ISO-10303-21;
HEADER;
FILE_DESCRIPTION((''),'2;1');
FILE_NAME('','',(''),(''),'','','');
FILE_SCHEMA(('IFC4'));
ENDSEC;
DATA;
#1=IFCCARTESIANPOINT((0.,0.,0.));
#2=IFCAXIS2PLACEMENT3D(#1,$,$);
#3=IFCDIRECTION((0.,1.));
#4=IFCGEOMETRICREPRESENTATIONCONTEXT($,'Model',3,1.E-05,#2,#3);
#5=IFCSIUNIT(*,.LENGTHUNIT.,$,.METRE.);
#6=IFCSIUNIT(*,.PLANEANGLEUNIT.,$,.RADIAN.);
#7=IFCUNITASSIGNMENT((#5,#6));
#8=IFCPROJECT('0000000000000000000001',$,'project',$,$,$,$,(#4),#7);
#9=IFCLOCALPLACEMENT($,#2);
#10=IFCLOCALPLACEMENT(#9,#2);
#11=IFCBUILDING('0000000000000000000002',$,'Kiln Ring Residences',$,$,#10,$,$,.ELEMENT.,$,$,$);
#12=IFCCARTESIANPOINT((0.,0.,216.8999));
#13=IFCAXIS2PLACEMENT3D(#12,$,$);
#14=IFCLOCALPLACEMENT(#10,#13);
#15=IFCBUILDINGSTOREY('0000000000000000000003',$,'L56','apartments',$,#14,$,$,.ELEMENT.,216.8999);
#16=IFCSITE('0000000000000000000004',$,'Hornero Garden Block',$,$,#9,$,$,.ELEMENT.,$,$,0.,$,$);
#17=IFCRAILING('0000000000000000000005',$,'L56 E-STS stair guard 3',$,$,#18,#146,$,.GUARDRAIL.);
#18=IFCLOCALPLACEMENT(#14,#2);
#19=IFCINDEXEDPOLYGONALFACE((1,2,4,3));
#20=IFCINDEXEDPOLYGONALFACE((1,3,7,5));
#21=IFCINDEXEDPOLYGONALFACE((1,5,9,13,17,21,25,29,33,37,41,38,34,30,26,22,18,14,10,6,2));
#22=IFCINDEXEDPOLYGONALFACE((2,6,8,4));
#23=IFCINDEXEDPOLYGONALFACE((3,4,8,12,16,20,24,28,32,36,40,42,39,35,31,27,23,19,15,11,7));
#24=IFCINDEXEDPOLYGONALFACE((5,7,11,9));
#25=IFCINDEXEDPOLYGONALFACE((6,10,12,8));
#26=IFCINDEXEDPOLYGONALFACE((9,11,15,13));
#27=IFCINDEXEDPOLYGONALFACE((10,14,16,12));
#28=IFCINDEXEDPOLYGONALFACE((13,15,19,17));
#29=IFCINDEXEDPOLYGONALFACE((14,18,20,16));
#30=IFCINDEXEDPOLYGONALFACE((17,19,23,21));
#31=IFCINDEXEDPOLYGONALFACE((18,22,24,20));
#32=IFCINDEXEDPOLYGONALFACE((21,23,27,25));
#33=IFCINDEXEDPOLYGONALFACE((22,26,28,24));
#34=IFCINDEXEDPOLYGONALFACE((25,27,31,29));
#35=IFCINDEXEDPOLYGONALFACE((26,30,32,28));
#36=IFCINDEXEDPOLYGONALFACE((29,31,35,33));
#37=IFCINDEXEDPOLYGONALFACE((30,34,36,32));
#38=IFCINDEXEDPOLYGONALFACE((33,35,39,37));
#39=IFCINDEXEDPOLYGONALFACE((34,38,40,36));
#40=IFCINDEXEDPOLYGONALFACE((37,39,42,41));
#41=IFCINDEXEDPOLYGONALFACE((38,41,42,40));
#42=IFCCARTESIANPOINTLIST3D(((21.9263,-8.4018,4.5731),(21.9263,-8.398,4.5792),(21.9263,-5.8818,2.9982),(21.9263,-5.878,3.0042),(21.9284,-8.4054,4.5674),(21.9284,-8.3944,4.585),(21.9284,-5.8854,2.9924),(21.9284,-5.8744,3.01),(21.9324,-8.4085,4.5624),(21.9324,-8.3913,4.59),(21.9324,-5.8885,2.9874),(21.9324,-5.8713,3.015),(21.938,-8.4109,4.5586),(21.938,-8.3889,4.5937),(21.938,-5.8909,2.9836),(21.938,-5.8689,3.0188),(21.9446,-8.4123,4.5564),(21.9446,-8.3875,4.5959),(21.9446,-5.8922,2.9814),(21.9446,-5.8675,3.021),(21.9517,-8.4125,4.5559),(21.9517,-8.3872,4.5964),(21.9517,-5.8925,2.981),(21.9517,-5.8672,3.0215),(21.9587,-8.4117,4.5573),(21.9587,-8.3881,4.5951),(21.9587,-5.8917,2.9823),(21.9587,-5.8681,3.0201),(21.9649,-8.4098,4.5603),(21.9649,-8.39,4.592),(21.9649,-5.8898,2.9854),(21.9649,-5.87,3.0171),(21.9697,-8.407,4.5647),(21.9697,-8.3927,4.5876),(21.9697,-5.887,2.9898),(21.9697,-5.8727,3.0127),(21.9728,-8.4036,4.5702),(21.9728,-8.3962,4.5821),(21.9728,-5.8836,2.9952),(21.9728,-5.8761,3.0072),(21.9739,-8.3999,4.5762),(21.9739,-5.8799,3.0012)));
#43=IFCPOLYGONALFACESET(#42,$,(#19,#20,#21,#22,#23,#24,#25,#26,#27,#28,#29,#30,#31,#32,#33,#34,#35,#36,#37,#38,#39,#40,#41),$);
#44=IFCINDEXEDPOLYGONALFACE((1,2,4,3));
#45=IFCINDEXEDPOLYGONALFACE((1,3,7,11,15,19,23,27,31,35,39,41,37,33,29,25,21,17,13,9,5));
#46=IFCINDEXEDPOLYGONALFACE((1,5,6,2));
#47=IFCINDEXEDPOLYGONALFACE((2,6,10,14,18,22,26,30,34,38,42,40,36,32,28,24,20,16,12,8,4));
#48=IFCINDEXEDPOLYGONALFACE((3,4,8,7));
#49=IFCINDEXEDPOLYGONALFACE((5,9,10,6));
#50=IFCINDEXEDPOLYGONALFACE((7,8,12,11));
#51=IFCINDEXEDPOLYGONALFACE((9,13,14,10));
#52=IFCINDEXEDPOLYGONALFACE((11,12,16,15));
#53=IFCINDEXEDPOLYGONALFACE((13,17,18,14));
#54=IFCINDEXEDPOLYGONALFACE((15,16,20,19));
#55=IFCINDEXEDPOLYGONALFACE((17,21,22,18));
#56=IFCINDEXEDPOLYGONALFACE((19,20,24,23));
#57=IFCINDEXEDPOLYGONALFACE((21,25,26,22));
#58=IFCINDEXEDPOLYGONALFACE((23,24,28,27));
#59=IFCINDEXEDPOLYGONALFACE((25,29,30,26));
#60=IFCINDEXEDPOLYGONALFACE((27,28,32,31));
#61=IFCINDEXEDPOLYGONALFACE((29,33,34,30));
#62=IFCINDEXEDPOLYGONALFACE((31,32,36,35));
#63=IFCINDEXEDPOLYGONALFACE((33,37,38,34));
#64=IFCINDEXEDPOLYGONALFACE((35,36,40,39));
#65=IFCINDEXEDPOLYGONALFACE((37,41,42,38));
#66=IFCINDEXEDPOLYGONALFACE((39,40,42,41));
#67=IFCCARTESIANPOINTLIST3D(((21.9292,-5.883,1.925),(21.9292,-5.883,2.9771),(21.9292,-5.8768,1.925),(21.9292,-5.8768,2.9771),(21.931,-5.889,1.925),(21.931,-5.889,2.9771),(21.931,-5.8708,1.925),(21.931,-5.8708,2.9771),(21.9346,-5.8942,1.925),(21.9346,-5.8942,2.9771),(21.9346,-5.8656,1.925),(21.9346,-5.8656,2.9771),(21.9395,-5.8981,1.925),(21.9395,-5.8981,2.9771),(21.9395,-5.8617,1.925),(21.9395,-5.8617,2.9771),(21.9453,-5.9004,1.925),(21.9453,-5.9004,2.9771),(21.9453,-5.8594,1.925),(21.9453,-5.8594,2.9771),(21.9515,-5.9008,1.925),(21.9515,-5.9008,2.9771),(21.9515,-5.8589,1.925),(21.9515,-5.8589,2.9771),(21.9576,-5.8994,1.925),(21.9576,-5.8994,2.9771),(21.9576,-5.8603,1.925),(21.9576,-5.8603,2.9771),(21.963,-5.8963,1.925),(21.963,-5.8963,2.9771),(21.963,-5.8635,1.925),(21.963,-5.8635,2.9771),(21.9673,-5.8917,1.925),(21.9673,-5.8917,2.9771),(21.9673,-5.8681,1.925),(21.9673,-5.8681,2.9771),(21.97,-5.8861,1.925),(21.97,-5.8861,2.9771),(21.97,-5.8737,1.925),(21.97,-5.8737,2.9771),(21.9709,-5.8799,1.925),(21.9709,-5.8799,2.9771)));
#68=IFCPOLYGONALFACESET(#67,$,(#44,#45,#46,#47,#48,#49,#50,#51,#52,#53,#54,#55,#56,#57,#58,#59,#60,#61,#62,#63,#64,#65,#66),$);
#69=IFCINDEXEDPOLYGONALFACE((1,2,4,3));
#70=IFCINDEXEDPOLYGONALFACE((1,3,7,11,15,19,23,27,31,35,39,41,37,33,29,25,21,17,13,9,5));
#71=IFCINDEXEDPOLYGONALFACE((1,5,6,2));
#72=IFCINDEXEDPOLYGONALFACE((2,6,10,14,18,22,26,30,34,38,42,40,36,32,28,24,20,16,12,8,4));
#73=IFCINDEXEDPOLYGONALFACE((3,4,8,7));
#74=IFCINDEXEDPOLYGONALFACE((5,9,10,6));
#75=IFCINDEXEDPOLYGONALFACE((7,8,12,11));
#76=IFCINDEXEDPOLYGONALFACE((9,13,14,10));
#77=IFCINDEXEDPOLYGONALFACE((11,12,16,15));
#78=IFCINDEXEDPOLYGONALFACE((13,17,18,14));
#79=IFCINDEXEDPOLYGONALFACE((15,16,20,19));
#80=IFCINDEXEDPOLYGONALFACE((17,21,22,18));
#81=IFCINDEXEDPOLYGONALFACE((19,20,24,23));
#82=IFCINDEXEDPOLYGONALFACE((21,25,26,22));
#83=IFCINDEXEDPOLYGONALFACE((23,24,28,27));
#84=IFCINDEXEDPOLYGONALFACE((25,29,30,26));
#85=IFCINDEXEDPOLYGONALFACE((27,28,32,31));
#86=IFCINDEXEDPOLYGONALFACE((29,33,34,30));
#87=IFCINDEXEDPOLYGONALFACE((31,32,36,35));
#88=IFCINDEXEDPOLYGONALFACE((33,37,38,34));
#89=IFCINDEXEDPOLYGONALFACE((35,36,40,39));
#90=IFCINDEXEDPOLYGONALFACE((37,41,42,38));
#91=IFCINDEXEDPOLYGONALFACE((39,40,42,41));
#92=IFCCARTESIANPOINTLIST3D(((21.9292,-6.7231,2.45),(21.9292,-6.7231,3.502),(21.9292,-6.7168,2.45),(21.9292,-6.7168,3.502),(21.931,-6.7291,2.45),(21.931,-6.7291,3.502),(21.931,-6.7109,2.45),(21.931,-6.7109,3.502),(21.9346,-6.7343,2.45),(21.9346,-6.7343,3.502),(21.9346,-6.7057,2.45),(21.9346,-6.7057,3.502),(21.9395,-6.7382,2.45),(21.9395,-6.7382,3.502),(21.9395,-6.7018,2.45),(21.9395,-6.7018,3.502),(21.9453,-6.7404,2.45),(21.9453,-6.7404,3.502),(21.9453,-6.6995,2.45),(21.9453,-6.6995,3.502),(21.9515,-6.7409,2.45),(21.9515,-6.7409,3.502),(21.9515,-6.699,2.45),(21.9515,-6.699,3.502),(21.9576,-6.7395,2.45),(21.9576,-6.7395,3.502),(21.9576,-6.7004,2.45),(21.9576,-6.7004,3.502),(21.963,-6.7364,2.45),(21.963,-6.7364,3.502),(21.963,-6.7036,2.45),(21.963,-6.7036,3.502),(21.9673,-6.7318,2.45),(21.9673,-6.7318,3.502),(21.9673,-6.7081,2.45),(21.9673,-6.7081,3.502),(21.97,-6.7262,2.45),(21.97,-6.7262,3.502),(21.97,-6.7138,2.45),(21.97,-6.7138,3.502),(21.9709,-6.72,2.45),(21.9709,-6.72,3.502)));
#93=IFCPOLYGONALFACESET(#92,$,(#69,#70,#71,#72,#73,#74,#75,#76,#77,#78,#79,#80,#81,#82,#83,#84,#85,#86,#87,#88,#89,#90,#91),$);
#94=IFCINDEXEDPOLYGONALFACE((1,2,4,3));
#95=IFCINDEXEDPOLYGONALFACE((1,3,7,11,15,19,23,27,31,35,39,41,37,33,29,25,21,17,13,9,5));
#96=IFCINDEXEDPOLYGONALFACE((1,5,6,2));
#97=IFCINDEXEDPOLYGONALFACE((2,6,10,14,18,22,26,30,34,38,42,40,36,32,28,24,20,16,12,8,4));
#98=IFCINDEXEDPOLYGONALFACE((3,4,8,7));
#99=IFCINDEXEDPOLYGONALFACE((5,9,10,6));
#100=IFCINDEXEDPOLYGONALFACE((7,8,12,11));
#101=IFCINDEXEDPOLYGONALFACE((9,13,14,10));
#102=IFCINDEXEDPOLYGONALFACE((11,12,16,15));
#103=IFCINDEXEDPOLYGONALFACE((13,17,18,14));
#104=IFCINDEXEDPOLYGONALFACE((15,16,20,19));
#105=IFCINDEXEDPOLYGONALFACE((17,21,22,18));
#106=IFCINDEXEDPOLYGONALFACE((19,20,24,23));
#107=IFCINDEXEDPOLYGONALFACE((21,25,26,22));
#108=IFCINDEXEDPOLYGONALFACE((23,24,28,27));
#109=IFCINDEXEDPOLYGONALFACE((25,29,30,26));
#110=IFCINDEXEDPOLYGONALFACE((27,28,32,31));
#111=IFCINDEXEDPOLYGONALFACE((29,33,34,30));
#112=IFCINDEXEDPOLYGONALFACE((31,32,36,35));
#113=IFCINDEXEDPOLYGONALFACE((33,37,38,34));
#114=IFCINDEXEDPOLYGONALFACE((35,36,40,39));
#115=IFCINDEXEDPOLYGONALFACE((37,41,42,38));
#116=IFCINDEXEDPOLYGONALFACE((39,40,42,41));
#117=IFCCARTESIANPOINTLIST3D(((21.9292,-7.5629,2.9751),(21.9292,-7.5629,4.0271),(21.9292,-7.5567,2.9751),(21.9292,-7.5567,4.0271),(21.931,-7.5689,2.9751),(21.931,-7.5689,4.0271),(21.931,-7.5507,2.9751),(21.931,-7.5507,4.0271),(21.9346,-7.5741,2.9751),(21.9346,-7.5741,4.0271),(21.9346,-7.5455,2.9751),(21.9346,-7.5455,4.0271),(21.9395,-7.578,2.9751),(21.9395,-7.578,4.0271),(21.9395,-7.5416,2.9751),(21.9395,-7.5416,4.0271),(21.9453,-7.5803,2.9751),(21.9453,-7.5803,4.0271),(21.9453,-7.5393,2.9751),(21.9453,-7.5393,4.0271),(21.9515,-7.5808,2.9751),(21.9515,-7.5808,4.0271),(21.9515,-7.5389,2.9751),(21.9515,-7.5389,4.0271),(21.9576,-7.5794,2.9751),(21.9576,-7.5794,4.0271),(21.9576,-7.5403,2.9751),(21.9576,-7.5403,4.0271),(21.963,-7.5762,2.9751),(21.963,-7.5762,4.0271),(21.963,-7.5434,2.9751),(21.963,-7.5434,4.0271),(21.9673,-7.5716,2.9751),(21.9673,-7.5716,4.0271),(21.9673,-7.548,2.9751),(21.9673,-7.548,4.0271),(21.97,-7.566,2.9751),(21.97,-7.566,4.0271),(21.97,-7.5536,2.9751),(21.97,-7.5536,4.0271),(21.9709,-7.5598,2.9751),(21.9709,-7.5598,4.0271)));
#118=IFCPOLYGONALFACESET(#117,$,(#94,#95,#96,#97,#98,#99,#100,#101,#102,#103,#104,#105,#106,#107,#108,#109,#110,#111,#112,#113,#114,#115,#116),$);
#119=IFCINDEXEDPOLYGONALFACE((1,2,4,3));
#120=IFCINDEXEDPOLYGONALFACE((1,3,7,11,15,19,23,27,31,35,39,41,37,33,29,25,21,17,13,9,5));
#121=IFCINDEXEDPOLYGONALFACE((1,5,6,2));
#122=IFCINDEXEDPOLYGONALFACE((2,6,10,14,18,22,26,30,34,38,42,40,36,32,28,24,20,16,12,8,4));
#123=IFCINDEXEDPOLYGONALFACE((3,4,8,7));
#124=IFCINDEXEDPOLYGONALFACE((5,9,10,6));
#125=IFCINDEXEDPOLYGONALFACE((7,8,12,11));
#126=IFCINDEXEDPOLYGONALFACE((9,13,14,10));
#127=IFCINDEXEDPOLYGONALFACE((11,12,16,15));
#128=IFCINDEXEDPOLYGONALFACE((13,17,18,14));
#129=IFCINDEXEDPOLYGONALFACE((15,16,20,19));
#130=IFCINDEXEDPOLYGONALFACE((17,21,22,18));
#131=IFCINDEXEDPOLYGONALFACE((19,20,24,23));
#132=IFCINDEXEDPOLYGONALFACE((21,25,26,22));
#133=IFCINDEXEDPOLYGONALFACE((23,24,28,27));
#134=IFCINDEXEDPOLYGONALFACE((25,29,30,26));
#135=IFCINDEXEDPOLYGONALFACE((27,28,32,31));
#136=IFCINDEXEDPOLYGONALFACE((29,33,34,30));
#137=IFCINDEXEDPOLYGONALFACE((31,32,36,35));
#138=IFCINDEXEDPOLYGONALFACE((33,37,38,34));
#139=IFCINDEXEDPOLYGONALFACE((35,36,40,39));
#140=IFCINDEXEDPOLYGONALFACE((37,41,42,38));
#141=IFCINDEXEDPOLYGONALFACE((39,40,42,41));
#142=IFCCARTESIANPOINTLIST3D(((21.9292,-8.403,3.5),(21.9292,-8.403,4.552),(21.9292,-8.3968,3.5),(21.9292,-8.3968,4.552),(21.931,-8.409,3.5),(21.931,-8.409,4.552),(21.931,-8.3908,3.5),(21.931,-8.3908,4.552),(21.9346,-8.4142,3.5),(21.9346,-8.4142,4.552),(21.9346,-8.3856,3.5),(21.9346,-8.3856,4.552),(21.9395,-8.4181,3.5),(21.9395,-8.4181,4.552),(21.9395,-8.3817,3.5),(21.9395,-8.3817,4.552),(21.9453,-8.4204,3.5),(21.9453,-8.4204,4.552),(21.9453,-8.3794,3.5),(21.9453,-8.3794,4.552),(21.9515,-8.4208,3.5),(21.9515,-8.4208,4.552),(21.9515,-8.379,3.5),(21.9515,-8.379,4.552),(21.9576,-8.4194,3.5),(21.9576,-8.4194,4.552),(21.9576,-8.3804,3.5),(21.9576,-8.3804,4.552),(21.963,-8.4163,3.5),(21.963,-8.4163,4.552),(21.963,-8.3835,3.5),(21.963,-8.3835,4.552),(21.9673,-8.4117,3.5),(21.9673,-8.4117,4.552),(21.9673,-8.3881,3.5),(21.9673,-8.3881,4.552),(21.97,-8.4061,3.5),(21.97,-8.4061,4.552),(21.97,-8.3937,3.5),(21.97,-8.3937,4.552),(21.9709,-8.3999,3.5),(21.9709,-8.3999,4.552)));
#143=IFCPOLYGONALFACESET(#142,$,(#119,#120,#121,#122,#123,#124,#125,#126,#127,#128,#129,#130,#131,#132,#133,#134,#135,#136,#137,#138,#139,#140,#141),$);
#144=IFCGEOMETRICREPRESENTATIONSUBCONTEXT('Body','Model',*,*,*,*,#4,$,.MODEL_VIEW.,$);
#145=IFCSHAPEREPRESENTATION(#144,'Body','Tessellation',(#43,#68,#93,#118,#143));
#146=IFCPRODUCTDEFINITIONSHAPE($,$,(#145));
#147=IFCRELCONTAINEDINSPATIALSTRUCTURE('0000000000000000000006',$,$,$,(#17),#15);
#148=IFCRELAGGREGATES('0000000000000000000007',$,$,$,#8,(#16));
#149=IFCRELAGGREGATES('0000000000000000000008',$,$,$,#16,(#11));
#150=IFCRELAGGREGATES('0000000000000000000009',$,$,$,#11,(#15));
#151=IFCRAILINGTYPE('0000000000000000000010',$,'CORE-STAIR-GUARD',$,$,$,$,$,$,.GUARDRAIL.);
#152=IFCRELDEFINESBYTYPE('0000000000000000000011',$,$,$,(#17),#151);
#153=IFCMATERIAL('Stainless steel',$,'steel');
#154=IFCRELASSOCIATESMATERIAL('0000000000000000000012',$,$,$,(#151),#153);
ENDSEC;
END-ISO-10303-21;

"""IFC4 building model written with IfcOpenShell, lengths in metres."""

from ifc_helpers import new_model, si_unit, direction, frame, origin, origin_2d, place, context, subcontext, project, spatial, circle, extrude, material, type_object, element, save


model = new_model("IFC4")

# Units and contexts
model_context = context("Model", 3, precision=1e-05, world=origin(), true_north=direction((0.0, 1.0)))
body_context = subcontext(model_context, "Body", "Model", "MODEL_VIEW")
ifc_project = project(units=[si_unit("LENGTHUNIT", "METRE"), si_unit("PLANEANGLEUNIT", "RADIAN")], contexts=[model_context])

# Site, building, storey
site_placement = place(None, origin())
site = spatial("IfcSite", under=ifc_project, at=site_placement, Name="Hornero Garden Block", CompositionType="ELEMENT", RefElevation=0.0)
building_placement = place(site_placement, origin())
building = spatial("IfcBuilding", under=site, at=building_placement, Name="Kiln Ring Residences", CompositionType="ELEMENT")
storey_placement = place(building_placement, frame((0.0, 0.0, 216.8999)))
storey = spatial("IfcBuildingStorey", under=building, at=storey_placement, Name="L56", Description="apartments", CompositionType="ELEMENT", Elevation=216.8999)

# Railing
ifc_material_1 = material(Name="Stainless steel", Category="steel")
railing_type_1 = type_object("IfcRailingType", Name="CORE-STAIR-GUARD", PredefinedType="GUARDRAIL", material=ifc_material_1)
railing_1_placement = place(storey_placement, frame((21.95, -5.8799, 1.925)))
element("IfcRailing", 1, at=railing_1_placement, inside=storey, type_object=railing_type_1, Name="L56 E-STS stair guard 3", PredefinedType="GUARDRAIL", context=body_context, shape_type="SweptSolid", body=[
    extrude(circle(Radius=0.0239, at=origin_2d()), frame((0.0, 0.0, 1.0762), z_axis=(0.0, -0.848008, 0.529984), x_axis=(1.0, 0.0, 0.0)), (0.0, 0.0, 1.0), 2.9717),
    extrude(circle(Radius=0.021, at=origin_2d()), origin(), (0.0, 0.0, 1.0), 1.052),
    extrude(circle(Radius=0.021, at=origin_2d()), frame((0.0, -0.8401, 0.5249)), (0.0, 0.0, 1.0), 1.052),
    extrude(circle(Radius=0.021, at=origin_2d()), frame((0.0, -1.6799, 1.05)), (0.0, 0.0, 1.0), 1.052),
    extrude(circle(Radius=0.021, at=origin_2d()), frame((0.0, -2.52, 1.575)), (0.0, 0.0, 1.0), 1.052),
])

save(model, "model.ifc")
